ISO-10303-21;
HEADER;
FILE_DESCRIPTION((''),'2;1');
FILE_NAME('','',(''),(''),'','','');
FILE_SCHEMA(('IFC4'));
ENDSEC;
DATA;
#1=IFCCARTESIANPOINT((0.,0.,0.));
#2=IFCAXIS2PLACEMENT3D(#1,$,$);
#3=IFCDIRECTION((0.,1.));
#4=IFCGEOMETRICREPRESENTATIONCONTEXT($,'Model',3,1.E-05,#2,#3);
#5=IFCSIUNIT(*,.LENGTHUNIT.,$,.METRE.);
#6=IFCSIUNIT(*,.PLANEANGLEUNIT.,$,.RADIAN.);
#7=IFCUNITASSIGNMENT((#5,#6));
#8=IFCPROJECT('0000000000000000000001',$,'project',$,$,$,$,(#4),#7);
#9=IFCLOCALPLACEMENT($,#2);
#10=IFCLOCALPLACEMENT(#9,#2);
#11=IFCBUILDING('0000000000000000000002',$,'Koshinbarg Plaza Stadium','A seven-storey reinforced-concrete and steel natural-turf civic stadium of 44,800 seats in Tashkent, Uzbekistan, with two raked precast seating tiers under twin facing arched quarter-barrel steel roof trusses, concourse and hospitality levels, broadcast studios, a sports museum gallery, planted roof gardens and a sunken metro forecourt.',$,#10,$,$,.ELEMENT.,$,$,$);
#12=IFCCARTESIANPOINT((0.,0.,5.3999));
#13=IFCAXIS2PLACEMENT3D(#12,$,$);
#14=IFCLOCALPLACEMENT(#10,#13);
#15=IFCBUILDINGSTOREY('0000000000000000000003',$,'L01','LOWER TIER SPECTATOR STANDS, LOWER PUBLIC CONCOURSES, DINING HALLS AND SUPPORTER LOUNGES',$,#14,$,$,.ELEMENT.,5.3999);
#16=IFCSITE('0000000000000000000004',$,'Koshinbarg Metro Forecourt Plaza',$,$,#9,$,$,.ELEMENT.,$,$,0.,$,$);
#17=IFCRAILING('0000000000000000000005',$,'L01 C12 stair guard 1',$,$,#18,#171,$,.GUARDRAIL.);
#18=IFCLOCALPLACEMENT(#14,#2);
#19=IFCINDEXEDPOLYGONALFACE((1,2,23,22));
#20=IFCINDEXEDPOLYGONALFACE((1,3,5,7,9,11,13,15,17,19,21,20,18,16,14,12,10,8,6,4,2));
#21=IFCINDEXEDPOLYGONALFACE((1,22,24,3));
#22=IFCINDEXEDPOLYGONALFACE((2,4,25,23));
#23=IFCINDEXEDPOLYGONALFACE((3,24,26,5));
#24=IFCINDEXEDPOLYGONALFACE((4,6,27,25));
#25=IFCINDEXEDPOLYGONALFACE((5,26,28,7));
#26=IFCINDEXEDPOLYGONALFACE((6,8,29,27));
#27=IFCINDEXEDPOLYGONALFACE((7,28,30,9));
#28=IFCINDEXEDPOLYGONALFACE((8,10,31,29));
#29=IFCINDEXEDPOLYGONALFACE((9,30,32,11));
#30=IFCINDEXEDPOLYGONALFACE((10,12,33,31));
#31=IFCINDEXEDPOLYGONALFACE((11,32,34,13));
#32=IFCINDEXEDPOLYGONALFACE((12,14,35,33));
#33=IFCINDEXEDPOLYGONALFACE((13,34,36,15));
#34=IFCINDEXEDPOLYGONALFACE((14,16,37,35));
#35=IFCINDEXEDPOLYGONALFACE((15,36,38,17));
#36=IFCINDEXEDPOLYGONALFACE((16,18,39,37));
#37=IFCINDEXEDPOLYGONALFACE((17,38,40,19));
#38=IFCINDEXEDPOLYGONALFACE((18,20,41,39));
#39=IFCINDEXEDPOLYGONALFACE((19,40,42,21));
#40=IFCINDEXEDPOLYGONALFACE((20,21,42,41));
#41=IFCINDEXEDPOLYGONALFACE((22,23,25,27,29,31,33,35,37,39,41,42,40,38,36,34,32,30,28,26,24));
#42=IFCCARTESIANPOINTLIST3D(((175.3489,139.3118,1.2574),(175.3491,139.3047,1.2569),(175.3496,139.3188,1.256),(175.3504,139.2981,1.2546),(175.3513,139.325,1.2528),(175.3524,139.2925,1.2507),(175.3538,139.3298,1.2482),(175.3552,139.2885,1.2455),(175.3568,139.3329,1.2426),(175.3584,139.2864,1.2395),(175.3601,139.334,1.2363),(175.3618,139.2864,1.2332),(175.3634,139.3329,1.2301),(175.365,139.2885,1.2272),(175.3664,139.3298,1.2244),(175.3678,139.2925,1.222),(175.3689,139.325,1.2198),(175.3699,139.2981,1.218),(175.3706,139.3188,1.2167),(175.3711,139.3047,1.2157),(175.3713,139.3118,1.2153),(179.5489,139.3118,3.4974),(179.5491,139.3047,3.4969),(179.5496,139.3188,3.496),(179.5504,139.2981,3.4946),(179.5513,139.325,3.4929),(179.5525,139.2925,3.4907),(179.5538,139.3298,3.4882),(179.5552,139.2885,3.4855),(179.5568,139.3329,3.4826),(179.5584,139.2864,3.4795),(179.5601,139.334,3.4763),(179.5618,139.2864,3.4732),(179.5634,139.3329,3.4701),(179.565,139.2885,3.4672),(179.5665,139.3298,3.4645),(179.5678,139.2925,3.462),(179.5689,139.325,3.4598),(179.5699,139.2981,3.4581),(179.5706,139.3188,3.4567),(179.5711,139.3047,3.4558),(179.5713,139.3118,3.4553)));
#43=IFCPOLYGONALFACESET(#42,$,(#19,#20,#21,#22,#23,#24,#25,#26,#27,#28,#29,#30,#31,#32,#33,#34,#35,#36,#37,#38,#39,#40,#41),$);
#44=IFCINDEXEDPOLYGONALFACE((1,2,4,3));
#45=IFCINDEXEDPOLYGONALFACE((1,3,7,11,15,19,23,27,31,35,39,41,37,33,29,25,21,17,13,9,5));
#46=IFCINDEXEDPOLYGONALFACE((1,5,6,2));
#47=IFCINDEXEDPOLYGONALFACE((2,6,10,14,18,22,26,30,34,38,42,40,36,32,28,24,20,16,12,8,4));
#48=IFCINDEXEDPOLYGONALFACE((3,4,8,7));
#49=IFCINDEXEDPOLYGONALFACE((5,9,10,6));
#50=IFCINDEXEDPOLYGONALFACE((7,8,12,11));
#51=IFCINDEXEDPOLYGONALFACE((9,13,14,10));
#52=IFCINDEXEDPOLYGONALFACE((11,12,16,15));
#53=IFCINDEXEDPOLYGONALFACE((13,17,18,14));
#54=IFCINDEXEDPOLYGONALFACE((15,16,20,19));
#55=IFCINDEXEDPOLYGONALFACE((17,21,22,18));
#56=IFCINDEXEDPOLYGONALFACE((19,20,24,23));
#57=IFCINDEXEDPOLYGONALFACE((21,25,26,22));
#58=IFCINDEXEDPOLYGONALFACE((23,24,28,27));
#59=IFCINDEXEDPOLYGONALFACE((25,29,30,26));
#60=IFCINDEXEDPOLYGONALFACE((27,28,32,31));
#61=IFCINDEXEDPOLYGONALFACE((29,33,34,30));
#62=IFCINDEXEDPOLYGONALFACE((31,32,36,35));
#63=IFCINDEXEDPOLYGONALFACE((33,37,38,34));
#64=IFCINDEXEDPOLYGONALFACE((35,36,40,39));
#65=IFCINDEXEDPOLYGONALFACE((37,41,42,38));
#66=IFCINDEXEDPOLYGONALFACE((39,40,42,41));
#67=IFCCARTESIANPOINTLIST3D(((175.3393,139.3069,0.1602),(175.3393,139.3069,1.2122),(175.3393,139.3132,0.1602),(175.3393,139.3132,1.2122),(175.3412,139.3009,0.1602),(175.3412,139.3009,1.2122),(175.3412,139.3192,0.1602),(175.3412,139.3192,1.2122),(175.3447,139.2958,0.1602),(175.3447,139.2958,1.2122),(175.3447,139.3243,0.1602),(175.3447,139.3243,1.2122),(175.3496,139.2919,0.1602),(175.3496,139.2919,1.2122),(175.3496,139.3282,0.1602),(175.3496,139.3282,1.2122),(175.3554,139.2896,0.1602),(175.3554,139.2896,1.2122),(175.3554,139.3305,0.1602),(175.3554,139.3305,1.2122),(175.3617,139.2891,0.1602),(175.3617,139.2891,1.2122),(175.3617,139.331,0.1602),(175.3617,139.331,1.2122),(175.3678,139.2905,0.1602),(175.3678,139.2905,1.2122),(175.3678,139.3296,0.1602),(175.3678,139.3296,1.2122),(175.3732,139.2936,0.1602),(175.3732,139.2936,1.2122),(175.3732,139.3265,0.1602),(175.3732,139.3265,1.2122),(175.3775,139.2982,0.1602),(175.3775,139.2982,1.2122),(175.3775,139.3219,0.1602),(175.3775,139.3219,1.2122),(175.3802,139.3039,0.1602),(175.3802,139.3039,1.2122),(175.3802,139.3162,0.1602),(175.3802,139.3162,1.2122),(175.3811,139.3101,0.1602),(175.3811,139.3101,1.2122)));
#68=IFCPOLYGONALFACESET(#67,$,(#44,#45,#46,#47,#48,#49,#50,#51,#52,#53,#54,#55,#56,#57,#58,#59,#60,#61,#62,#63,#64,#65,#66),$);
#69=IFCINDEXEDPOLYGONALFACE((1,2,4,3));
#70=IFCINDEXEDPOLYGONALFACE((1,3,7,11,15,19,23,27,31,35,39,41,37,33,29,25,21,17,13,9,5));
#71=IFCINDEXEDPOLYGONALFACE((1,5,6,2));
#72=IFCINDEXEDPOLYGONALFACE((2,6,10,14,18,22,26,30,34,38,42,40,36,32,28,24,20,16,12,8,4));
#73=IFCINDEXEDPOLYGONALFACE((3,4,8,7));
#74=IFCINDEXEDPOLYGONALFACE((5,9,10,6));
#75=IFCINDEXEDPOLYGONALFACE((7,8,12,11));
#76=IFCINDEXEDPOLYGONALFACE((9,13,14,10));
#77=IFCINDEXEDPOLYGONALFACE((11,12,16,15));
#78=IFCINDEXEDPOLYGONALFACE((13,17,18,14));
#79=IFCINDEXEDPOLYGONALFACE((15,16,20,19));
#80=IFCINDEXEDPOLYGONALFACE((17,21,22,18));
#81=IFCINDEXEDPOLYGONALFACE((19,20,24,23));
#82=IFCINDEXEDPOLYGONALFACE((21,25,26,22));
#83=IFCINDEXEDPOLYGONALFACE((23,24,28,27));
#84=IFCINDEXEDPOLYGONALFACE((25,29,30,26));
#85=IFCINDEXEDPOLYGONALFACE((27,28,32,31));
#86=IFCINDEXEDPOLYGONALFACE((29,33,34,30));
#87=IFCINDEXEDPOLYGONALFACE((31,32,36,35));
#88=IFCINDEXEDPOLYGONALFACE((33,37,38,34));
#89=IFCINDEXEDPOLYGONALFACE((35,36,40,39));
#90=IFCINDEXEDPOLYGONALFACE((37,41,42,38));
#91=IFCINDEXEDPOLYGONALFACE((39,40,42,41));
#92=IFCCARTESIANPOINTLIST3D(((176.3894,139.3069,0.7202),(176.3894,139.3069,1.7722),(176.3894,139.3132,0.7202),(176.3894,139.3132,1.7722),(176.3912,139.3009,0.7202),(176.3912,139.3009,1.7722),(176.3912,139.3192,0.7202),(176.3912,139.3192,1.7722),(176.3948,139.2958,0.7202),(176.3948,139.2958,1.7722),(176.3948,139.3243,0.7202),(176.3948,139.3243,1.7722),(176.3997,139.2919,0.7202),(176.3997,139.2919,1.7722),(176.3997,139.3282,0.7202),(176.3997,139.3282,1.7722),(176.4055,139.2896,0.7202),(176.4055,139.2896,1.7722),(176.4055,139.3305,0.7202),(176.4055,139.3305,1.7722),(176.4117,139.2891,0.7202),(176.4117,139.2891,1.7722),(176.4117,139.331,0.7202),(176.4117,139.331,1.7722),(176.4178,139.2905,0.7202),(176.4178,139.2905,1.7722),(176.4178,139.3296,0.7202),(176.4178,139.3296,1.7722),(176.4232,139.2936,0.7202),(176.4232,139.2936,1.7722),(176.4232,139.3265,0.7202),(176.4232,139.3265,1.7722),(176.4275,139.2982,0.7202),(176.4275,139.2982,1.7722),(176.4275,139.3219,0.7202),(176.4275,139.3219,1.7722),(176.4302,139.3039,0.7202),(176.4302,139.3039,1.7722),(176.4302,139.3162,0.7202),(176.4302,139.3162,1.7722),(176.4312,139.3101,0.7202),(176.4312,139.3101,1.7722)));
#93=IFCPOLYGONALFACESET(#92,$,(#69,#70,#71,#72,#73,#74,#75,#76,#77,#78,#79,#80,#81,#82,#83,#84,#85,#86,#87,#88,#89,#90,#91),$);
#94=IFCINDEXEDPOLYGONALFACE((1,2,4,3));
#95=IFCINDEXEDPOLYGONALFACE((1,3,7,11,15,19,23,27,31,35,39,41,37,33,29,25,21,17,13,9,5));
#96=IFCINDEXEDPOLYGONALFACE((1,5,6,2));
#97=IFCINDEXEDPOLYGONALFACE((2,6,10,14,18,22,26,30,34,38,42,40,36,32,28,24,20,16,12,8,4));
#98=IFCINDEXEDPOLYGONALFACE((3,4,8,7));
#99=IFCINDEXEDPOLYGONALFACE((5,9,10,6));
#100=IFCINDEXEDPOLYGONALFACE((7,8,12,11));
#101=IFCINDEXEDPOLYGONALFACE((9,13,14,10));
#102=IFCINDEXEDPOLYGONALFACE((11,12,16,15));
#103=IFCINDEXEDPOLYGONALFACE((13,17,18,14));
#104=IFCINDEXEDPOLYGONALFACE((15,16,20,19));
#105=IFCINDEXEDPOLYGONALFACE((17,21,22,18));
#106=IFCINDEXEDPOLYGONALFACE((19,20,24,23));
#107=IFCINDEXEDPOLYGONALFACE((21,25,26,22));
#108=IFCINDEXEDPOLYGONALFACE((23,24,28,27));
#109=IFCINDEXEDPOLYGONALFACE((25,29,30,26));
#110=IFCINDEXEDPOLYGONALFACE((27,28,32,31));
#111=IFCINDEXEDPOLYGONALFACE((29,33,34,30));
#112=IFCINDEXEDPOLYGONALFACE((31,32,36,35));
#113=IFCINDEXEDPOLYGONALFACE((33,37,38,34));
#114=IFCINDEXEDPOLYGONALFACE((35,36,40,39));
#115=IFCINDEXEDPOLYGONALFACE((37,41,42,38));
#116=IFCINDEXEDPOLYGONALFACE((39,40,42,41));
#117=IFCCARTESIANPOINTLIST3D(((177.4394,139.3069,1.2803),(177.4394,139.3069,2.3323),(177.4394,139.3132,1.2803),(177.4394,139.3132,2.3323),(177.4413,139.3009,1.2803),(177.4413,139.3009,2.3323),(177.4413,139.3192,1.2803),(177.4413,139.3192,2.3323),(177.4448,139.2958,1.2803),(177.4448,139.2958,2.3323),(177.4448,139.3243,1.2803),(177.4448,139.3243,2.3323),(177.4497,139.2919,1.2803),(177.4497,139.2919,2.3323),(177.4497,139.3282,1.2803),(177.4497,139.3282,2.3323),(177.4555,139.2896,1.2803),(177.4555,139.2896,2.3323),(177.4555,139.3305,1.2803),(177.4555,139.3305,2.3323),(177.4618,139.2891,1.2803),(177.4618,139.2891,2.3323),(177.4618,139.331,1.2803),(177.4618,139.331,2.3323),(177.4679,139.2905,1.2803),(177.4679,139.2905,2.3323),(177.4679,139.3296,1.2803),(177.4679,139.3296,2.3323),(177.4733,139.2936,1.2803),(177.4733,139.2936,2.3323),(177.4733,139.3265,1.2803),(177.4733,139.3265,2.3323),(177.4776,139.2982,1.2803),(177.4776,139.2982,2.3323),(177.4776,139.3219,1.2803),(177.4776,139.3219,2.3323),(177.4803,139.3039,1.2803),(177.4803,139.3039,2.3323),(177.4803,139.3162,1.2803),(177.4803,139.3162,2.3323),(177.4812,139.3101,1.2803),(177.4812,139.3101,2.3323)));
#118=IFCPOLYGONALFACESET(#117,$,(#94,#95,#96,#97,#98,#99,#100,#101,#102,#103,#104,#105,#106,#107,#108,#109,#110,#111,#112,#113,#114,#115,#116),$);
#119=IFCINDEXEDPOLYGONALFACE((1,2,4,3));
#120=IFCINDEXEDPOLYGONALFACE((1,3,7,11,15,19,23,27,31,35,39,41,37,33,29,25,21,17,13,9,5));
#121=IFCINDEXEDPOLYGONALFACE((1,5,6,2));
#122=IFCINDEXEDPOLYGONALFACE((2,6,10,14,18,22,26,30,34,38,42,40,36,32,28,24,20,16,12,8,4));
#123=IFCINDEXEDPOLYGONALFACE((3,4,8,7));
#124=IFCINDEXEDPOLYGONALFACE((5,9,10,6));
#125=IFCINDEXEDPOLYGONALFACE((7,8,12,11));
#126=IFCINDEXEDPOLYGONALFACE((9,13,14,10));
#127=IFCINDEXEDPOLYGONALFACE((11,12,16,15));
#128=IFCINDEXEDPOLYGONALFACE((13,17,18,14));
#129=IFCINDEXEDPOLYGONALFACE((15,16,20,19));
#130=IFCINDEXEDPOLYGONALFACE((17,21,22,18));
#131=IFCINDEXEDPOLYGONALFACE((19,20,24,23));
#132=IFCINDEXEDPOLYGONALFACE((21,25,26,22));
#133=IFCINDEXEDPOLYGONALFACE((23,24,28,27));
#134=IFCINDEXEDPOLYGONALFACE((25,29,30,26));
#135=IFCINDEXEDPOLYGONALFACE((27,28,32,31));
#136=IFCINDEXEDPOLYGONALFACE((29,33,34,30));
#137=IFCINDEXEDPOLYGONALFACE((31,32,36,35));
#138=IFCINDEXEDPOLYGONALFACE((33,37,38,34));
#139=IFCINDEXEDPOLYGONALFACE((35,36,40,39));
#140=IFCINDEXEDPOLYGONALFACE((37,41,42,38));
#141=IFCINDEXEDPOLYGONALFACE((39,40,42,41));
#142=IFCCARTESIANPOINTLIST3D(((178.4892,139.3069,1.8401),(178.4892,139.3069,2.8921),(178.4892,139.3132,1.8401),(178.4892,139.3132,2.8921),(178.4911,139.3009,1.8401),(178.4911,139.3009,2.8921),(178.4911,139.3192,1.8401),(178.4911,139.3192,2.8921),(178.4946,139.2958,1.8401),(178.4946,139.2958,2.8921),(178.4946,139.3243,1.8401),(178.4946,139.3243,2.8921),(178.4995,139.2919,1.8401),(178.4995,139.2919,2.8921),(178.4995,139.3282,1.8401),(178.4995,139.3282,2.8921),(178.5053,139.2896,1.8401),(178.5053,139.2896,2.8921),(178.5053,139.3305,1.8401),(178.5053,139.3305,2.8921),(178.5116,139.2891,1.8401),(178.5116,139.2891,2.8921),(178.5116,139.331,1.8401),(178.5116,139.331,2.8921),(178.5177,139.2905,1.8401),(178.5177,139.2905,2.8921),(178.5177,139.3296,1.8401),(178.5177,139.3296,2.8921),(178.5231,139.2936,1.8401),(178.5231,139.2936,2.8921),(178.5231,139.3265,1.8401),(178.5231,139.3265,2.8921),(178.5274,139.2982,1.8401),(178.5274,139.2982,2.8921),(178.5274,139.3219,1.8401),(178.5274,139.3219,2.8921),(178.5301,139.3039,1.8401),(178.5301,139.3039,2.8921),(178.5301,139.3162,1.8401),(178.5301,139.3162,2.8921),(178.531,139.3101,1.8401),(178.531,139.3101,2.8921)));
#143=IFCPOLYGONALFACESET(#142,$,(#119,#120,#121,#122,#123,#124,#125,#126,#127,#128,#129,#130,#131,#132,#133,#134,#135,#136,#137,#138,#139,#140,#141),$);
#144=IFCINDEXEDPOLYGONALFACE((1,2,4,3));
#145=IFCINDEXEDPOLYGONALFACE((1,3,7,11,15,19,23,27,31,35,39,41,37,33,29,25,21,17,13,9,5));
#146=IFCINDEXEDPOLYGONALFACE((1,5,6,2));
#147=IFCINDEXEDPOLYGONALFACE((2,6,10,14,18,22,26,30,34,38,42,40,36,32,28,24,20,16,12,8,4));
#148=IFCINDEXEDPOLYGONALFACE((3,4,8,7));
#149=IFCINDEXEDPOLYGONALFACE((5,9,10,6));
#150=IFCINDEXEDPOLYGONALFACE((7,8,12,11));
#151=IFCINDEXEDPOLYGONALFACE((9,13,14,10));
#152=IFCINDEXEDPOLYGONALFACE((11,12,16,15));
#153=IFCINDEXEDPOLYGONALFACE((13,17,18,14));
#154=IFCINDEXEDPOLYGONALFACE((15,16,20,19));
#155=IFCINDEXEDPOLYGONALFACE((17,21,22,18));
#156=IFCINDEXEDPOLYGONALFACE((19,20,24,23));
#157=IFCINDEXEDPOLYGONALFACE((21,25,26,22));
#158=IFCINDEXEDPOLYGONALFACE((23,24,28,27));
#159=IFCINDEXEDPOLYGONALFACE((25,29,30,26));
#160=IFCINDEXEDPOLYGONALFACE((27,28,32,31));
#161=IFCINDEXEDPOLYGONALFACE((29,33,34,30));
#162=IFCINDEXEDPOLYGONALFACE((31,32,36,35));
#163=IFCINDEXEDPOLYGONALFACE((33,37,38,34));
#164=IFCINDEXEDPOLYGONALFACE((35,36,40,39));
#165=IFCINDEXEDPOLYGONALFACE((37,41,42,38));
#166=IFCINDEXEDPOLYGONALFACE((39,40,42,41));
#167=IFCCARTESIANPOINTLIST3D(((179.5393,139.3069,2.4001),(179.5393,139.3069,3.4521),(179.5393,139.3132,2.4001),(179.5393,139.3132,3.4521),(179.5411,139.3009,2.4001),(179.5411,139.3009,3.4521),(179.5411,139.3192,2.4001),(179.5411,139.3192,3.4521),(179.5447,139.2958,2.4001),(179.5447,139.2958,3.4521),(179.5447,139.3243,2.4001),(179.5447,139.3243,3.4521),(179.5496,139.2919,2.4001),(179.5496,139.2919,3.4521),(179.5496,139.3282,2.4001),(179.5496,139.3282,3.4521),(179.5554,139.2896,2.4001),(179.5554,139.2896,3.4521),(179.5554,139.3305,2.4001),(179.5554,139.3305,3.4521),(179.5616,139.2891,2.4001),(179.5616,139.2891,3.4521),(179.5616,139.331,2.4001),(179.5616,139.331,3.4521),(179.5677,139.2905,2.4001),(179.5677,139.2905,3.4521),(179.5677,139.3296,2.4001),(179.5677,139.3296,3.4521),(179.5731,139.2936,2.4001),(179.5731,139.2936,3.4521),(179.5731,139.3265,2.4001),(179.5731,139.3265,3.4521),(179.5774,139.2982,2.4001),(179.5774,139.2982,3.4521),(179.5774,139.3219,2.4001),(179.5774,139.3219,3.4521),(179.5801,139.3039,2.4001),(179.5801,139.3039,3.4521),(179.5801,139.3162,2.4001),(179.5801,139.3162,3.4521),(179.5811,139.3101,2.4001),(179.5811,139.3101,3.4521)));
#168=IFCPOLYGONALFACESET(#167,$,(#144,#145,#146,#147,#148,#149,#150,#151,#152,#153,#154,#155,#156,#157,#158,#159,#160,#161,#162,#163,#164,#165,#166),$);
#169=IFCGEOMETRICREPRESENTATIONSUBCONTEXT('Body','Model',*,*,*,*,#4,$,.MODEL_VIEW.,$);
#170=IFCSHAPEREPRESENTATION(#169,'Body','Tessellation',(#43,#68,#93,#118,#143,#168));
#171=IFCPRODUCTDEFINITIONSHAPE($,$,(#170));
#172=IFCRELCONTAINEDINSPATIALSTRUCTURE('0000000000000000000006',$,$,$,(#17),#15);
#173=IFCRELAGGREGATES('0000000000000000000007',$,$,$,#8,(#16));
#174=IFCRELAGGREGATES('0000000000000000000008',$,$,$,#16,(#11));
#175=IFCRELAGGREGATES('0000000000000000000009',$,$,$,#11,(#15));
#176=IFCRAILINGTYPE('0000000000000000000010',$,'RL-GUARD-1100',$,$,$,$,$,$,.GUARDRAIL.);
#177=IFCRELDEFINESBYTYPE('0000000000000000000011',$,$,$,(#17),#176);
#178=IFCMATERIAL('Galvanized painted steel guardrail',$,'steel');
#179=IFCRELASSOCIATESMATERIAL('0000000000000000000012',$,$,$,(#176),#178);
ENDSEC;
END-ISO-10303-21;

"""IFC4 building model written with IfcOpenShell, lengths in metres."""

from ifc_helpers import new_model, si_unit, direction, frame, origin, origin_2d, place, context, subcontext, project, spatial, circle, extrude, material, type_object, element, save


model = new_model("IFC4")

# Units and contexts
model_context = context("Model", 3, precision=1e-05, world=origin(), true_north=direction((0.0, 1.0)))
body_context = subcontext(model_context, "Body", "Model", "MODEL_VIEW")
ifc_project = project(units=[si_unit("LENGTHUNIT", "METRE"), si_unit("PLANEANGLEUNIT", "RADIAN")], contexts=[model_context])

# Site, building, storey
site_placement = place(None, origin())
site = spatial("IfcSite", under=ifc_project, at=site_placement, Name="Koshinbarg Metro Forecourt Plaza", CompositionType="ELEMENT", RefElevation=0.0)
building_placement = place(site_placement, origin())
building = spatial("IfcBuilding", under=site, at=building_placement, Name="Koshinbarg Plaza Stadium", Description="A seven-storey reinforced-concrete and steel natural-turf civic stadium of 44,800 seats in Tashkent, Uzbekistan, with two raked precast seating tiers under twin facing arched quarter-barrel steel roof trusses, concourse and hospitality levels, broadcast studios, a sports museum gallery, planted roof gardens and a sunken metro forecourt.", CompositionType="ELEMENT")
storey_placement = place(building_placement, frame((0.0, 0.0, 5.3999)))
storey = spatial("IfcBuildingStorey", under=building, at=storey_placement, Name="L01", Description="LOWER TIER SPECTATOR STANDS, LOWER PUBLIC CONCOURSES, DINING HALLS AND SUPPORTER LOUNGES", CompositionType="ELEMENT", Elevation=5.3999)

# Railing
ifc_material_1 = material(Name="Galvanized painted steel guardrail", Category="steel")
railing_type_1 = type_object("IfcRailingType", Name="RL-GUARD-1100", PredefinedType="GUARDRAIL", material=ifc_material_1)
railing_1_placement = place(storey_placement, frame((175.3601, 139.3101, 0.1602)))
element("IfcRailing", 1, at=railing_1_placement, inside=storey, type_object=railing_type_1, Name="L01 C12 stair guard 1", PredefinedType="GUARDRAIL", context=body_context, shape_type="SweptSolid", body=[
    extrude(circle(Radius=0.0239, at=origin_2d()), frame((0.0, 0.0, 1.0762), z_axis=(0.882352, 0.0, 0.470591), x_axis=(0.0, 1.0, 0.0)), (0.0, 0.0, 1.0), 4.76),
    extrude(circle(Radius=0.021, at=origin_2d()), origin(), (0.0, 0.0, 1.0), 1.052),
    extrude(circle(Radius=0.021, at=origin_2d()), frame((1.05, 0.0, 0.5601)), (0.0, 0.0, 1.0), 1.052),
    extrude(circle(Radius=0.021, at=origin_2d()), frame((2.1001, 0.0, 1.1201)), (0.0, 0.0, 1.0), 1.052),
    extrude(circle(Radius=0.021, at=origin_2d()), frame((3.1499, 0.0, 1.6799)), (0.0, 0.0, 1.0), 1.052),
    extrude(circle(Radius=0.021, at=origin_2d()), frame((4.2, 0.0, 2.24)), (0.0, 0.0, 1.0), 1.052),
])

save(model, "model.ifc")
